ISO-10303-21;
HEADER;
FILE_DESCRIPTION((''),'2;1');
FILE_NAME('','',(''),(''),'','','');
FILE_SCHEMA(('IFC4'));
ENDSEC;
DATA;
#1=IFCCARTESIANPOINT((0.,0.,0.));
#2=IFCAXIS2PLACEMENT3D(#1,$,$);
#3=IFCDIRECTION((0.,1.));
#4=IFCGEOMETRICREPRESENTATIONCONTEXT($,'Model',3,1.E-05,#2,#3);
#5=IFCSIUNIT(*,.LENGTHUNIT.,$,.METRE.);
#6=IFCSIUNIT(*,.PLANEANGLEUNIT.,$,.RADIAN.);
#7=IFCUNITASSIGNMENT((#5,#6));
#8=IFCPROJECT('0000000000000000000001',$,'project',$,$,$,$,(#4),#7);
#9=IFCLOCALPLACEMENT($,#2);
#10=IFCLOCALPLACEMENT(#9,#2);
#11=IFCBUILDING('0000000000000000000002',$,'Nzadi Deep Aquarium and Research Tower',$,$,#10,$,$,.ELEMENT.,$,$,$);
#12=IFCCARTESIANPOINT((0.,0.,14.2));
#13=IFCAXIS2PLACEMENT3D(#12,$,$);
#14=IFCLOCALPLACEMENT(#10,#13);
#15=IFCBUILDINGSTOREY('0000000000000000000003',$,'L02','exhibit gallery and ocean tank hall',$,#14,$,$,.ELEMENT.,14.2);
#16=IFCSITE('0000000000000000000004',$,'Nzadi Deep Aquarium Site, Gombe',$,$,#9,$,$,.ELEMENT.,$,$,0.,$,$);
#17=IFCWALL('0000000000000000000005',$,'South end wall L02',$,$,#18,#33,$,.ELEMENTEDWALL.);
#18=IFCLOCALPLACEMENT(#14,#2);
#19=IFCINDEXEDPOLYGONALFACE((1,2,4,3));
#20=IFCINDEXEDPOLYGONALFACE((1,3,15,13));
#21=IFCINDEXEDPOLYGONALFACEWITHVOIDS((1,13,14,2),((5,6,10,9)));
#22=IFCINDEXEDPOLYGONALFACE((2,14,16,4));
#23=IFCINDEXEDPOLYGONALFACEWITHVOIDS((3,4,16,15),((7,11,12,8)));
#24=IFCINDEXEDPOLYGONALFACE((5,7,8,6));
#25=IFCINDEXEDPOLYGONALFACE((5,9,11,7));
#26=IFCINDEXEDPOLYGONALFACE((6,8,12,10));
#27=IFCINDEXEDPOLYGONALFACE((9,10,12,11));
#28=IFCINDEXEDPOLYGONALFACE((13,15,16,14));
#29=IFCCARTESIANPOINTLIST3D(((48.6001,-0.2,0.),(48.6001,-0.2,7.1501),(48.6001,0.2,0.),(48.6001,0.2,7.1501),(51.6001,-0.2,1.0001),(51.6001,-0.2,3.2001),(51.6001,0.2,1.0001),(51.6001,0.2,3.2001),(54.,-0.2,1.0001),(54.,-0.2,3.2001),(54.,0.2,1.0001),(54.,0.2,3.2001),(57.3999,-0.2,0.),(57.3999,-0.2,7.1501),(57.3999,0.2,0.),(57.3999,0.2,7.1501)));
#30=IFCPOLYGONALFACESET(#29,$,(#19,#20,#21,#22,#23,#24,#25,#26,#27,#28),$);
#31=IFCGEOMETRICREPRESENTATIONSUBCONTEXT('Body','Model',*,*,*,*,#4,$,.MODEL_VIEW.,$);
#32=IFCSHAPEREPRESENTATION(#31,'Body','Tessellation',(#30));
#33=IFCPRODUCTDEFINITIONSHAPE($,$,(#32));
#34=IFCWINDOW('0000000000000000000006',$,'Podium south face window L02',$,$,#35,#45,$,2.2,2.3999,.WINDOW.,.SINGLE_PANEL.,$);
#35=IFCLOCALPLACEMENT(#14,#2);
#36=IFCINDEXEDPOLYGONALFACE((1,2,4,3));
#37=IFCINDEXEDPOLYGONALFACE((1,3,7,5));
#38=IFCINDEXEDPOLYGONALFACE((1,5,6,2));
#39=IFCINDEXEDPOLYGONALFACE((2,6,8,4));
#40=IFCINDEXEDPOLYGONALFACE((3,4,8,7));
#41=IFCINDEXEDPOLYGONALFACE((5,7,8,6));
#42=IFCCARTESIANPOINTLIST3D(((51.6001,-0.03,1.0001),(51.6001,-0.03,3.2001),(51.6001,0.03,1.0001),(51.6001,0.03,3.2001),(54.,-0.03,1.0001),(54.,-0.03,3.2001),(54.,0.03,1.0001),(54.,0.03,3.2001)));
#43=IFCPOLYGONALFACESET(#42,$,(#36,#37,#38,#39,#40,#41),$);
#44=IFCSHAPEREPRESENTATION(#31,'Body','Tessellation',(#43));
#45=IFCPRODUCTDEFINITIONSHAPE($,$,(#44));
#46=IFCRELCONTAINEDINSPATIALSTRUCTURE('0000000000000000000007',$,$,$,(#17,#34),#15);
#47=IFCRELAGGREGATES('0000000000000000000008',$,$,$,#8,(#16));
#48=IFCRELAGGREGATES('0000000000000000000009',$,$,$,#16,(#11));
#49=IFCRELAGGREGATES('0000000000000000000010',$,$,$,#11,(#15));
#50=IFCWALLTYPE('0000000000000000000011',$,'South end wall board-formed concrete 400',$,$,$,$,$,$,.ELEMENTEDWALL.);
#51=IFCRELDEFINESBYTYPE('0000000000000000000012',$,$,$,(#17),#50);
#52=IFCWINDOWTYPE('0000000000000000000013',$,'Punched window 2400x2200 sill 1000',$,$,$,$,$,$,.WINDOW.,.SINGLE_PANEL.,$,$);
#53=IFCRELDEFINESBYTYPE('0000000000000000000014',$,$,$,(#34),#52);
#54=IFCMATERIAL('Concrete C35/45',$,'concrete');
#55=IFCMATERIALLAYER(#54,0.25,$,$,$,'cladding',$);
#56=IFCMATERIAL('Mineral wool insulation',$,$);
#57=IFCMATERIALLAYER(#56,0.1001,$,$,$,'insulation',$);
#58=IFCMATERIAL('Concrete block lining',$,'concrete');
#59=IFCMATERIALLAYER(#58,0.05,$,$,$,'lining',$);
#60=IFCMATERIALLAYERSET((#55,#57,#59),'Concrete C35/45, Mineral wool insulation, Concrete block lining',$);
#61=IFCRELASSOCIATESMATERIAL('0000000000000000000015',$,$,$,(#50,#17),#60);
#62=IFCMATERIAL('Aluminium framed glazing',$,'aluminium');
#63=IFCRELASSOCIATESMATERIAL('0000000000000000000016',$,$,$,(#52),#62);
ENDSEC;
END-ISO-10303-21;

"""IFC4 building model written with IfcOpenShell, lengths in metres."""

from ifc_helpers import new_model, si_unit, direction, frame, frame_2d, origin, place, context, subcontext, project, spatial, rectangle, extrude, material, layer, layer_set, layer_usage, type_object, element, fill, save


model = new_model("IFC4")

# Units and contexts
model_context = context("Model", 3, precision=1e-05, world=origin(), true_north=direction((0.0, 1.0)))
body_context = subcontext(model_context, "Body", "Model", "MODEL_VIEW")
ifc_project = project(units=[si_unit("LENGTHUNIT", "METRE"), si_unit("PLANEANGLEUNIT", "RADIAN")], contexts=[model_context])

# Site, building, storey
site_placement = place(None, origin())
site = spatial("IfcSite", under=ifc_project, at=site_placement, Name="Nzadi Deep Aquarium Site, Gombe", CompositionType="ELEMENT", RefElevation=0.0)
building_placement = place(site_placement, origin())
building = spatial("IfcBuilding", under=site, at=building_placement, Name="Nzadi Deep Aquarium and Research Tower", CompositionType="ELEMENT")
storey_placement = place(building_placement, frame((0.0, 0.0, 14.2)))
storey = spatial("IfcBuildingStorey", under=building, at=storey_placement, Name="L02", Description="exhibit gallery and ocean tank hall", CompositionType="ELEMENT", Elevation=14.2)

# Wall, opening, window
ifc_material_1 = material(Name="Concrete C35/45", Category="concrete")
ifc_layer_1 = layer(ifc_material_1, 0.25, Category="cladding")
ifc_material_2 = material(Name="Mineral wool insulation")
ifc_layer_2 = layer(ifc_material_2, 0.1001, Category="insulation")
ifc_material_3 = material(Name="Concrete block lining", Category="concrete")
ifc_layer_3 = layer(ifc_material_3, 0.05, Category="lining")
ifc_layer_set_1 = layer_set([ifc_layer_1, ifc_layer_2, ifc_layer_3], Name="Concrete C35/45, Mineral wool insulation, Concrete block lining")
ifc_layer_usage = layer_usage(ifc_layer_set_1, "AXIS2", "POSITIVE", -0.2)
wall_type_1 = type_object("IfcWallType", Name="South end wall board-formed concrete 400", PredefinedType="ELEMENTEDWALL", material=ifc_layer_set_1)
wall_1_placement = place(storey_placement, frame((48.6001, 0.0, 0.0), z_axis=(0.0, 0.0, 1.0), x_axis=(1.0, 0.0, 0.0)))
wall_1 = element("IfcWall", 1, at=wall_1_placement, inside=storey, type_object=wall_type_1, material=ifc_layer_usage, Name="South end wall L02", PredefinedType="ELEMENTEDWALL", context=body_context, shape_type="SweptSolid", body=[
    extrude(rectangle(XDim=8.7998, YDim=0.3999, at=frame_2d((4.3999, 0.0))), origin(), (0.0, 0.0, 1.0), 7.1501),
])
opening_1_placement = place(wall_1_placement, frame((3.0, 0.0, 1.0)))
opening_1 = element("IfcOpeningElement", 2, at=opening_1_placement, cuts=wall_1, PredefinedType="OPENING", context=body_context, shape_type="SweptSolid", body=[
    extrude(rectangle(XDim=2.3999, YDim=2.2, at=frame_2d((1.2, 1.1001))), frame((0.0, 0.21, 0.0), z_axis=(0.0, -1.0, 0.0), x_axis=(1.0, 0.0, 0.0)), (0.0, 0.0, 1.0), 0.4199),
])
ifc_material_4 = material(Name="Aluminium framed glazing", Category="aluminium")
window_type = type_object("IfcWindowType", Name="Punched window 2400x2200 sill 1000", PartitioningType="SINGLE_PANEL", PredefinedType="WINDOW", material=ifc_material_4)
window_placement = place(opening_1_placement, origin())
window = element("IfcWindow", 3, at=window_placement, inside=storey, type_object=window_type, Name="Podium south face window L02", OverallHeight=2.2, OverallWidth=2.3999, PartitioningType="SINGLE_PANEL", PredefinedType="WINDOW", context=body_context, shape_type="SweptSolid", body=[
    extrude(rectangle(XDim=2.3999, YDim=2.2, at=frame_2d((1.2, 1.1001))), frame((0.0, 0.03, 0.0), z_axis=(0.0, -1.0, 0.0), x_axis=(1.0, 0.0, 0.0)), (0.0, 0.0, 1.0), 0.0601),
])
fill(opening_1, window)

save(model, "model.ifc")
